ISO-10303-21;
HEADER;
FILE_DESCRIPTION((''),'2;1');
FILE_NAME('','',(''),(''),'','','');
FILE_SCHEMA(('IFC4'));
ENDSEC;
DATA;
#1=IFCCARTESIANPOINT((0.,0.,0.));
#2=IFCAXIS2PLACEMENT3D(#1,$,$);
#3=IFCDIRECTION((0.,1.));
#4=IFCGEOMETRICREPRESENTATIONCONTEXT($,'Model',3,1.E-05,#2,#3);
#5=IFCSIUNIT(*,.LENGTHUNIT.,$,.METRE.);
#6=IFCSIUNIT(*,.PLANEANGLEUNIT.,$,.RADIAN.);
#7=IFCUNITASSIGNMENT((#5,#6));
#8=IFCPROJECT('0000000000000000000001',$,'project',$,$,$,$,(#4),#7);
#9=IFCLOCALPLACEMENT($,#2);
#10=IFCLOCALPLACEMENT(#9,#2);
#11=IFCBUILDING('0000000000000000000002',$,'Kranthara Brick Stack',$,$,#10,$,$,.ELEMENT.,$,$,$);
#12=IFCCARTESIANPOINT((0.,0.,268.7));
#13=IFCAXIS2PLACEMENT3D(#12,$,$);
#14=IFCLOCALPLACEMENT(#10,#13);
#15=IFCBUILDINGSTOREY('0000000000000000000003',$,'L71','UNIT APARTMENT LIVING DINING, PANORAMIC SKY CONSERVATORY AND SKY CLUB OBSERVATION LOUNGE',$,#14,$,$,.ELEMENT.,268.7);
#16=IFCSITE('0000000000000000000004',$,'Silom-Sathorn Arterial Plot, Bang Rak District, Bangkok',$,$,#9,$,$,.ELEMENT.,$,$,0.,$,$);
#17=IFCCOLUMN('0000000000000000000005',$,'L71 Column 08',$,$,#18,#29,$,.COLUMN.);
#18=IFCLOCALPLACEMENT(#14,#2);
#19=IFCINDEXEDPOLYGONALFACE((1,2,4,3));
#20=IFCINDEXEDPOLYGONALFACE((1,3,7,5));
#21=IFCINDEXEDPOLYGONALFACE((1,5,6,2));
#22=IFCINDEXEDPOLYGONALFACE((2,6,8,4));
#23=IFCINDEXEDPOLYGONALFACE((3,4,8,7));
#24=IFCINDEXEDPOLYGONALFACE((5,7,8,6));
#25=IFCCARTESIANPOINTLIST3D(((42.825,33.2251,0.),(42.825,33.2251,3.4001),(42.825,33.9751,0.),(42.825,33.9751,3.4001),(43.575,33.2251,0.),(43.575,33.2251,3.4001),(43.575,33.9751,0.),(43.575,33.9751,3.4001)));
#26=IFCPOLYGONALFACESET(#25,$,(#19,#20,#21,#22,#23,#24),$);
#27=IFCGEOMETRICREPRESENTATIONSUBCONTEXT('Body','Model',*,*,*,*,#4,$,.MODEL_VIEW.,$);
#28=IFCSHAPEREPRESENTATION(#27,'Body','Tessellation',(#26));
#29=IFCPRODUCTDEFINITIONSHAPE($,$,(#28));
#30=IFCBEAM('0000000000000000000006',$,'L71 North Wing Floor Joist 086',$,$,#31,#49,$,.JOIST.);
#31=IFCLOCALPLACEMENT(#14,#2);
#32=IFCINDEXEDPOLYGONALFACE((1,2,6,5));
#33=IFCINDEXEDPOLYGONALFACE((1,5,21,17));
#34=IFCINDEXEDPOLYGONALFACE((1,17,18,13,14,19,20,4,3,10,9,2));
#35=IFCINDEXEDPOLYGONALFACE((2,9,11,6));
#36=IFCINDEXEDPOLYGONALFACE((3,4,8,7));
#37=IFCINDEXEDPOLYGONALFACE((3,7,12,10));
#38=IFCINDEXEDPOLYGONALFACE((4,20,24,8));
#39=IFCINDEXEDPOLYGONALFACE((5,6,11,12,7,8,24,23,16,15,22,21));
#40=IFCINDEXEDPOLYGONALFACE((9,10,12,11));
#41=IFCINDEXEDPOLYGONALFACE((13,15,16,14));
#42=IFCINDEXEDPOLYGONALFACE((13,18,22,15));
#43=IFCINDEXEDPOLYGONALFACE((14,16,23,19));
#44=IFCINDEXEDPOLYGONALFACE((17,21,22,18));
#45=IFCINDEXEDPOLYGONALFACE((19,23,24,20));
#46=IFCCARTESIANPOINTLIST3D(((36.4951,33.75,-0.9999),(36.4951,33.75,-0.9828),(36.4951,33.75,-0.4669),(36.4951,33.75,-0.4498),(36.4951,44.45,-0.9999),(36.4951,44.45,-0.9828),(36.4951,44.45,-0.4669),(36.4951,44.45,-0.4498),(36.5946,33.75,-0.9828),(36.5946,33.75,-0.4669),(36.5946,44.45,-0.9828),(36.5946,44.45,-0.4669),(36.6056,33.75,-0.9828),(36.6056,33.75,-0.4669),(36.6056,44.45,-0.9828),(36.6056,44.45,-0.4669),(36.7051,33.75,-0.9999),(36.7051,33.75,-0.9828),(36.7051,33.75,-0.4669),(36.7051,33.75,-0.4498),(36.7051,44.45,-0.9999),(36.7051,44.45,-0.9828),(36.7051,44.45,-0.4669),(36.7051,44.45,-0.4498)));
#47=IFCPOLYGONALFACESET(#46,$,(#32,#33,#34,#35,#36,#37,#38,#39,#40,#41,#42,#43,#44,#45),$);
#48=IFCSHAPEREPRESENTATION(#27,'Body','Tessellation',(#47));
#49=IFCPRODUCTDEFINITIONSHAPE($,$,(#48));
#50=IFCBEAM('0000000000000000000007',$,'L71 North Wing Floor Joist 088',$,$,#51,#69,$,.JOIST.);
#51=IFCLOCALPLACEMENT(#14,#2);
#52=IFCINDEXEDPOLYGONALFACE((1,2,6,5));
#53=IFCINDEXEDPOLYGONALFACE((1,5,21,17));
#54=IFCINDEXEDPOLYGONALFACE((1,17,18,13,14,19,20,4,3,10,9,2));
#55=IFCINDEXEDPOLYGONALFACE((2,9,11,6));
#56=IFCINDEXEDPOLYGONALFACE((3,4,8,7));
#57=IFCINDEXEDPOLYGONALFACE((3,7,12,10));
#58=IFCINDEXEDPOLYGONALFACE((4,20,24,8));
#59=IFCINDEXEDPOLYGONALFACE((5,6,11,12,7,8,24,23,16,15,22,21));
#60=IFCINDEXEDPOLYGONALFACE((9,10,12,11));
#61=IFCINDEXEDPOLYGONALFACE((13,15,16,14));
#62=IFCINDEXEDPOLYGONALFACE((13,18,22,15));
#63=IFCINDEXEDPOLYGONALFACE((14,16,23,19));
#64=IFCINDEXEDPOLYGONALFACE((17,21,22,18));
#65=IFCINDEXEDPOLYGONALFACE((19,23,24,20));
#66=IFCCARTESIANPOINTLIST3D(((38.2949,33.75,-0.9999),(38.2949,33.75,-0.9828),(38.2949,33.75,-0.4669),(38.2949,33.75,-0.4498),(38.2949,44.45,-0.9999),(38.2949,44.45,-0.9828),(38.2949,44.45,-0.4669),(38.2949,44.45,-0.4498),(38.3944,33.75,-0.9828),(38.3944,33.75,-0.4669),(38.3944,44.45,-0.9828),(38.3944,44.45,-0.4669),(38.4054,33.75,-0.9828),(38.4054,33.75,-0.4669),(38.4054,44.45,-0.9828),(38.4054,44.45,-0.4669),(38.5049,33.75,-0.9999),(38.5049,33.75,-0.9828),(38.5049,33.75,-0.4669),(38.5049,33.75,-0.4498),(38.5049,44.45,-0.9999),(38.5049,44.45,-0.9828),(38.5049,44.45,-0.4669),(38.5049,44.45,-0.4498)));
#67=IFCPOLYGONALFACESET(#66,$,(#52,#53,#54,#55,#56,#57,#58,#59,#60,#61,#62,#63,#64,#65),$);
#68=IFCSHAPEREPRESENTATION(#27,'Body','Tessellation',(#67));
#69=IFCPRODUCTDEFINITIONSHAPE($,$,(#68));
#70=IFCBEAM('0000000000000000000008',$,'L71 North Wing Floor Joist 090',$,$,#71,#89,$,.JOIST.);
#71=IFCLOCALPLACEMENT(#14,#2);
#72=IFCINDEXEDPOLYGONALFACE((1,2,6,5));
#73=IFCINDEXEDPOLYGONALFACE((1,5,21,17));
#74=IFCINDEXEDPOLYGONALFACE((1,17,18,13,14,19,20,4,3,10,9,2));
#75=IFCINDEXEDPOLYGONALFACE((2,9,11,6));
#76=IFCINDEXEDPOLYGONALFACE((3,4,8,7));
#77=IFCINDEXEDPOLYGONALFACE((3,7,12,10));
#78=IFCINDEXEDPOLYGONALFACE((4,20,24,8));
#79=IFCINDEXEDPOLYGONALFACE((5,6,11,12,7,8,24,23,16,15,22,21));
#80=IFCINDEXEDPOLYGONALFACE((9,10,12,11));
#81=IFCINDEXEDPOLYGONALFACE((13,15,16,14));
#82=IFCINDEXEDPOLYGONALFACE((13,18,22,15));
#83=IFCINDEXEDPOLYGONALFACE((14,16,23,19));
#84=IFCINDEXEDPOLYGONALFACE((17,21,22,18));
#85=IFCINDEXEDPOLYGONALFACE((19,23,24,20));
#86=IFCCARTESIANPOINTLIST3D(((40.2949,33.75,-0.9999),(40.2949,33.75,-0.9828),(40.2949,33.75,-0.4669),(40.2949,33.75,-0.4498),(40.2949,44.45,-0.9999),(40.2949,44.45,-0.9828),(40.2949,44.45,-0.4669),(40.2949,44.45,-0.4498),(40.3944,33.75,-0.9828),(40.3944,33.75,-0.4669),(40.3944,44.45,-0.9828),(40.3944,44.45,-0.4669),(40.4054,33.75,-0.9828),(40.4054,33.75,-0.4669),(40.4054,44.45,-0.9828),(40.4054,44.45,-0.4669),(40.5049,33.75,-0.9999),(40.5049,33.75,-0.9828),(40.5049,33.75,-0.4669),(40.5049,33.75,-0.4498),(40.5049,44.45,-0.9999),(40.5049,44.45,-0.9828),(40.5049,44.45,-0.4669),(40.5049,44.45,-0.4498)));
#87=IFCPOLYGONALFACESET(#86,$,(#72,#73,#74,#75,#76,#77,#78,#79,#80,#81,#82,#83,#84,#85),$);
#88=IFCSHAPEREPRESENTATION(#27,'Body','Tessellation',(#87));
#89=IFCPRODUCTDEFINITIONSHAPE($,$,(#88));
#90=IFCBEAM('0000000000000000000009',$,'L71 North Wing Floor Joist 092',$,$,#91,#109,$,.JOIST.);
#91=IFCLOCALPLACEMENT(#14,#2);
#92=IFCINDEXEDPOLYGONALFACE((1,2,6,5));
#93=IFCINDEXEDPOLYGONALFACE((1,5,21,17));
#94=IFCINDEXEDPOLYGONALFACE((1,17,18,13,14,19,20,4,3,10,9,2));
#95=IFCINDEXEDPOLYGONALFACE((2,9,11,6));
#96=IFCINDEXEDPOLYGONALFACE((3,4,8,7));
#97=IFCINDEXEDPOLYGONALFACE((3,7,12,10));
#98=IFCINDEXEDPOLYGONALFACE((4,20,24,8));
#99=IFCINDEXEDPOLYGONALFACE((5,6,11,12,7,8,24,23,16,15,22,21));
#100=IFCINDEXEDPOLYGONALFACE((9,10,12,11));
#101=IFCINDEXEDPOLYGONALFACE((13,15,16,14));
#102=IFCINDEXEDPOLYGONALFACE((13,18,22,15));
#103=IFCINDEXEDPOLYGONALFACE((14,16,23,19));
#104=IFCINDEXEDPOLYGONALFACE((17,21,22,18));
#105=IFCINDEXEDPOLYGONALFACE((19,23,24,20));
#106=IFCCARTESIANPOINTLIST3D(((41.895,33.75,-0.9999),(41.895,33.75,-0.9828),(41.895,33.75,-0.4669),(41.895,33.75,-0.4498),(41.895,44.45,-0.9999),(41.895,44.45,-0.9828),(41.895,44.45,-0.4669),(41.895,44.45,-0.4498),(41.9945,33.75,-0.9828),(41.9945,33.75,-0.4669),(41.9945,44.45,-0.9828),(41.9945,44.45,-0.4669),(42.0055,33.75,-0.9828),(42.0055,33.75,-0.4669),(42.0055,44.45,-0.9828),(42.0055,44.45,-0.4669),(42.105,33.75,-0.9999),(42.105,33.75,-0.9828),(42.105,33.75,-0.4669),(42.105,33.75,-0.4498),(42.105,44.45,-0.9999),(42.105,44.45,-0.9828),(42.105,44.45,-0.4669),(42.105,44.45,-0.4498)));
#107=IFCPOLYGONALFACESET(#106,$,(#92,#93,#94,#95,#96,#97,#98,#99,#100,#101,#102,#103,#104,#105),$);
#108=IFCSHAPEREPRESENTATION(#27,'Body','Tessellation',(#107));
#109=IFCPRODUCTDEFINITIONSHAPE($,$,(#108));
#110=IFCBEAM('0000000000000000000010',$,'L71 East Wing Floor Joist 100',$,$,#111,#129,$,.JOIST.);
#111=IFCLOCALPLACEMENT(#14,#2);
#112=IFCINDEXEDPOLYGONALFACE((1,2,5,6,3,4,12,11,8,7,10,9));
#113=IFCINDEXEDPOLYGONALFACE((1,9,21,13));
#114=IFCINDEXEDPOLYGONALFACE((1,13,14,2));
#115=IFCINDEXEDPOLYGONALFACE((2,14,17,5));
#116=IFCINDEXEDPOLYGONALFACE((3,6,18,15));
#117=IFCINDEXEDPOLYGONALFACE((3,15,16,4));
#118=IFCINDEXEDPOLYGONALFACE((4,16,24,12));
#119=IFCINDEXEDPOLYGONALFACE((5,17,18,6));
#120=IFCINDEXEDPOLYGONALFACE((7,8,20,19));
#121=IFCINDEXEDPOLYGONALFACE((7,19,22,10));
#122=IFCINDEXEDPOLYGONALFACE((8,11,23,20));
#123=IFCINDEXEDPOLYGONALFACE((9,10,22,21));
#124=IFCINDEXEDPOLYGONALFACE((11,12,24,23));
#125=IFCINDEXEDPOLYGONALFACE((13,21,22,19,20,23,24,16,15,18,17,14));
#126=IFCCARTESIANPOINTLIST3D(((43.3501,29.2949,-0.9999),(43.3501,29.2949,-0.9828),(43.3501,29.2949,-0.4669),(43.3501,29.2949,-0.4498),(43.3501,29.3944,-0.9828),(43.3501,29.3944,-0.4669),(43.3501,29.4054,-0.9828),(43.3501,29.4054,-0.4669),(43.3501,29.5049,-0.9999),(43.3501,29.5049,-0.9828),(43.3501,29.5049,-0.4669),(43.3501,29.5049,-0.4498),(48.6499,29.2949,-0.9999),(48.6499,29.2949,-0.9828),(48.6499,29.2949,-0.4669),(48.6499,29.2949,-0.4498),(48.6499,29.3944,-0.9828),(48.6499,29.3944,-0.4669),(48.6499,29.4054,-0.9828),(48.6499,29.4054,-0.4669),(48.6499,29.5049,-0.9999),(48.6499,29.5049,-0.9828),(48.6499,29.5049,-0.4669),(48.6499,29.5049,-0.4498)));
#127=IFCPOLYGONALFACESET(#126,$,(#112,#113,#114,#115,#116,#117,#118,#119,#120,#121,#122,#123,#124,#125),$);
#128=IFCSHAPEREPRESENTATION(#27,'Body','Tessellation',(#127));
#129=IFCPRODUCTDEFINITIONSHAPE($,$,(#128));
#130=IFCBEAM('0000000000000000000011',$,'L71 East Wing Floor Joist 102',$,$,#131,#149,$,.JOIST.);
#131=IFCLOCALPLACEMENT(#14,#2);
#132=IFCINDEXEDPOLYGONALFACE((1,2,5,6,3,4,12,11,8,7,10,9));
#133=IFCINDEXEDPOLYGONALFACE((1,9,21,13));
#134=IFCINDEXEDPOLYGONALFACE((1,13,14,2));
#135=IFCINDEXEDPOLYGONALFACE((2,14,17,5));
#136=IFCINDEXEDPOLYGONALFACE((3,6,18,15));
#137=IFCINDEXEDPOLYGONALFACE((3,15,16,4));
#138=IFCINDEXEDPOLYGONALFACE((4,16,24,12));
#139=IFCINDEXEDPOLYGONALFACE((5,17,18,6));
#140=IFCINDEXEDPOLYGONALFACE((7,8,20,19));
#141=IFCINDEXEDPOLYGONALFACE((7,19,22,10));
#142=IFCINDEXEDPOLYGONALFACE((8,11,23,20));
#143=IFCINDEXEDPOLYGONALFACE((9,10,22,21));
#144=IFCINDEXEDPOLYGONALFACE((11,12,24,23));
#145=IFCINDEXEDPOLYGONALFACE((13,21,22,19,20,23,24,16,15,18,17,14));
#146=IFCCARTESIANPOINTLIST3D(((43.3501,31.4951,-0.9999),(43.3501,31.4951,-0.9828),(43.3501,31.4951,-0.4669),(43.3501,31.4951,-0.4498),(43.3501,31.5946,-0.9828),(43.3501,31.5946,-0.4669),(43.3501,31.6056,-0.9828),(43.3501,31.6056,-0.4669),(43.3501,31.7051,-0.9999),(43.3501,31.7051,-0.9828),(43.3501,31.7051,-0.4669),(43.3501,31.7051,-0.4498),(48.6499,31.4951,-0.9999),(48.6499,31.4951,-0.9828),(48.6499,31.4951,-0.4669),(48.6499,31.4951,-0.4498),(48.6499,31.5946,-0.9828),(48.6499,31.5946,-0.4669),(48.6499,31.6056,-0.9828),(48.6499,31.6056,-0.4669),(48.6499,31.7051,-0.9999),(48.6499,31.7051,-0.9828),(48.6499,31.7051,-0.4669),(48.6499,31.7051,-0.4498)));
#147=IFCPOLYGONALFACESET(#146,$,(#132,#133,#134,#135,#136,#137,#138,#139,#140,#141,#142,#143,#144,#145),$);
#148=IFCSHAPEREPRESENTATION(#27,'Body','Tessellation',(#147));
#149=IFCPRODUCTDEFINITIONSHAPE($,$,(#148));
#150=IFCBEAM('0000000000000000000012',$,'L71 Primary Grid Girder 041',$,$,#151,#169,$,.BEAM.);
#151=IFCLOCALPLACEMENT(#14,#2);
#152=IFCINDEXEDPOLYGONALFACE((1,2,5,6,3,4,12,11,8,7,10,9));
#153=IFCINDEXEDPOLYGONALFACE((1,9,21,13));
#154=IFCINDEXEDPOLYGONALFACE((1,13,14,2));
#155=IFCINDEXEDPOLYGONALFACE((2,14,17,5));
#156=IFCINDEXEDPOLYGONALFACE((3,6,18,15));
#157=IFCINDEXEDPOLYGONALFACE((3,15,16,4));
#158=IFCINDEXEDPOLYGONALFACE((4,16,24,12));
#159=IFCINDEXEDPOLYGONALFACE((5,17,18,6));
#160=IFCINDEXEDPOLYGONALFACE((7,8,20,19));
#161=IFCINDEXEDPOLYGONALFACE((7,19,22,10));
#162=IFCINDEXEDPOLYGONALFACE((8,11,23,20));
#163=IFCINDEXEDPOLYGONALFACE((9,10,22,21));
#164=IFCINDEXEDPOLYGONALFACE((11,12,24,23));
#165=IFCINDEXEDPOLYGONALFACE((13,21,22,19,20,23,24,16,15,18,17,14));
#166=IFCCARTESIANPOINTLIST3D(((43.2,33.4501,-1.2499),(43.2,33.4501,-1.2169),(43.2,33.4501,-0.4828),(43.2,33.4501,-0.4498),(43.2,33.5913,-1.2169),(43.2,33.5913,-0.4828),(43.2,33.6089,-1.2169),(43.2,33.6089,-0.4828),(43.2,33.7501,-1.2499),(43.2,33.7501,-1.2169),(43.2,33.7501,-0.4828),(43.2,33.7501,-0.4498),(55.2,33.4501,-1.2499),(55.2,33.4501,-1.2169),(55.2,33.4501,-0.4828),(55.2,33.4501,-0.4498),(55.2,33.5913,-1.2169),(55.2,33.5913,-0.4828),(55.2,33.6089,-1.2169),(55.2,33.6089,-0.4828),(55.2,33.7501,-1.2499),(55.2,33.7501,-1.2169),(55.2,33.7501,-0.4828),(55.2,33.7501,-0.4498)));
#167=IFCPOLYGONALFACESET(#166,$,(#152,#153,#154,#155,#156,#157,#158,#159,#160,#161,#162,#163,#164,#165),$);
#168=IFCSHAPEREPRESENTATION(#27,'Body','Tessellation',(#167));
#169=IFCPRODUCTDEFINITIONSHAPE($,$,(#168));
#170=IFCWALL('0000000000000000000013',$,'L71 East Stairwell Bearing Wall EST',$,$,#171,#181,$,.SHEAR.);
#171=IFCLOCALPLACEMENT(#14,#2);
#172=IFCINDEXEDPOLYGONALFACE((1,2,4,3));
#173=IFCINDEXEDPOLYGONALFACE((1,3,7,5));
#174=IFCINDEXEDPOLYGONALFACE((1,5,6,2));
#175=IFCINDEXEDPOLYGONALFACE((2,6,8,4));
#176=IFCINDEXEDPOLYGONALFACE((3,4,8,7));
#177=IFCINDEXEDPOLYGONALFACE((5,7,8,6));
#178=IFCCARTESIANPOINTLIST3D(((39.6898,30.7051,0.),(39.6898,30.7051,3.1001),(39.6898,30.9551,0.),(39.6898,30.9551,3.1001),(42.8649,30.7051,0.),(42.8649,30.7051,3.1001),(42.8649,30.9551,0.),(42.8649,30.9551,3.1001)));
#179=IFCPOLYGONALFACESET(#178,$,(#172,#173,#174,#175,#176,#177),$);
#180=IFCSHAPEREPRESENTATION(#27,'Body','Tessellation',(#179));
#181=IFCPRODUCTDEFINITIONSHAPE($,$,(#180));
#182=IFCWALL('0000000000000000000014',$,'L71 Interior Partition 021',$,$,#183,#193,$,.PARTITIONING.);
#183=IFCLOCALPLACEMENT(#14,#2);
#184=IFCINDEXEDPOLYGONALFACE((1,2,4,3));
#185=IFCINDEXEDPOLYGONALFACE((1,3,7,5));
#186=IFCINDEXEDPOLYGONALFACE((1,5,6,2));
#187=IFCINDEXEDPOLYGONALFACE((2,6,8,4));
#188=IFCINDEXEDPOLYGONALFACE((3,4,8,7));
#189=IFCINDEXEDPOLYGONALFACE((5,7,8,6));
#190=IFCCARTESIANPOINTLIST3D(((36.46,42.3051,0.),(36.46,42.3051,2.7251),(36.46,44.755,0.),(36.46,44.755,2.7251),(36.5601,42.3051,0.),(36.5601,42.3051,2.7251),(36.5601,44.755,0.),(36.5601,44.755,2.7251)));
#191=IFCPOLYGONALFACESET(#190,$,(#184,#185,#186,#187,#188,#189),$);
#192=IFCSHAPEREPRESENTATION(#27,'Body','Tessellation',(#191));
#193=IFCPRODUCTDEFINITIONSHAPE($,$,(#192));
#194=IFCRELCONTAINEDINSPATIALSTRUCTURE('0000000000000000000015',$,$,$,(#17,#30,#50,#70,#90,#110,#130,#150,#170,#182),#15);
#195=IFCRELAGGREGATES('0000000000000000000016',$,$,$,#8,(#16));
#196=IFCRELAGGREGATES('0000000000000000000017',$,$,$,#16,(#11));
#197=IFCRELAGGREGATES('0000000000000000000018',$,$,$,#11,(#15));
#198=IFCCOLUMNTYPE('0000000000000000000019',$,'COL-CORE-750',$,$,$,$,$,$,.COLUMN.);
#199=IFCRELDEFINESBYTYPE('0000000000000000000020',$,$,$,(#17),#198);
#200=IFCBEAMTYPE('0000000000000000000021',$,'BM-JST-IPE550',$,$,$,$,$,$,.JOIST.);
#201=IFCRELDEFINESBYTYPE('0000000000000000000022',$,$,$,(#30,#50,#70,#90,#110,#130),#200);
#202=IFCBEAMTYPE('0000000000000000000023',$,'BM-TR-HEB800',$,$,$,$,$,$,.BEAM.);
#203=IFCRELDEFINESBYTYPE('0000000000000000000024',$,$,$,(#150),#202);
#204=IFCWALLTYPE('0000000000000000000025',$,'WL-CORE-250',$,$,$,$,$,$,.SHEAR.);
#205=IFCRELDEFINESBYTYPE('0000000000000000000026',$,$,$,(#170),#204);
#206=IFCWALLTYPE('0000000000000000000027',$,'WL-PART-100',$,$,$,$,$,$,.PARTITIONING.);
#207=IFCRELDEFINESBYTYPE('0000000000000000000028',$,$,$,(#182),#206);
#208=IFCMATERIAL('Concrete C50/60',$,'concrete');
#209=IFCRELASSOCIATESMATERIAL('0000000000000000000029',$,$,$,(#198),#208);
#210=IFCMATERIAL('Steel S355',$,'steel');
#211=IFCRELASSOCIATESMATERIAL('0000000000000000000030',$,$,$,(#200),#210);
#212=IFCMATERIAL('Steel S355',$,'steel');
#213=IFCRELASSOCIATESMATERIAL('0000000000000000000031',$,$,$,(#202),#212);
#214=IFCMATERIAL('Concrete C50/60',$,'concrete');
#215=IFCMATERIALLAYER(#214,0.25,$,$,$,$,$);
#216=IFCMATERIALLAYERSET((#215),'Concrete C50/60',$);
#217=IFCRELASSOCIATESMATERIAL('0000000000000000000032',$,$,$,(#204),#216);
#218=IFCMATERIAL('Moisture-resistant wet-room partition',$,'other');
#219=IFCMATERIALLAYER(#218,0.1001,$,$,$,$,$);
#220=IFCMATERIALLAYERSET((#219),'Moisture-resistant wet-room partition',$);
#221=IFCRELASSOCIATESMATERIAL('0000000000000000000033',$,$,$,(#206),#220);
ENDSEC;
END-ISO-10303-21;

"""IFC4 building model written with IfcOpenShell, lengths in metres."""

from ifc_helpers import new_model, si_unit, direction, frame, frame_2d, origin, origin_2d, place, context, subcontext, project, spatial, rectangle, i_section, extrude, material, layer, layer_set, material_profile, profile_set, type_object, element, save


model = new_model("IFC4")

# Units and contexts
model_context = context("Model", 3, precision=1e-05, world=origin(), true_north=direction((0.0, 1.0)))
body_context = subcontext(model_context, "Body", "Model", "MODEL_VIEW")
ifc_project = project(units=[si_unit("LENGTHUNIT", "METRE"), si_unit("PLANEANGLEUNIT", "RADIAN")], contexts=[model_context])

# Site, building, storey
site_placement = place(None, origin())
site = spatial("IfcSite", under=ifc_project, at=site_placement, Name="Silom-Sathorn Arterial Plot, Bang Rak District, Bangkok", CompositionType="ELEMENT", RefElevation=0.0)
building_placement = place(site_placement, origin())
building = spatial("IfcBuilding", under=site, at=building_placement, Name="Kranthara Brick Stack", CompositionType="ELEMENT")
storey_placement = place(building_placement, frame((0.0, 0.0, 268.7)))
storey = spatial("IfcBuildingStorey", under=building, at=storey_placement, Name="L71", Description="UNIT APARTMENT LIVING DINING, PANORAMIC SKY CONSERVATORY AND SKY CLUB OBSERVATION LOUNGE", CompositionType="ELEMENT", Elevation=268.7)

# Column
ifc_material_1 = material(Name="Concrete C50/60", Category="concrete")
ifc_material_profile_1 = material_profile(ifc_material_1, rectangle(XDim=0.75, YDim=0.75, at=origin_2d()), Name="RC 750x750")
ifc_profile_set_1 = profile_set([ifc_material_profile_1], Name="Concrete C50/60")
column_type = type_object("IfcColumnType", Name="COL-CORE-750", PredefinedType="COLUMN", material=ifc_profile_set_1)
column_placement = place(storey_placement, frame((43.2, 33.6001, 0.0), z_axis=(0.0, 0.0, 1.0), x_axis=(1.0, 0.0, 0.0)))
element("IfcColumn", 1, at=column_placement, inside=storey, type_object=column_type, Name="L71 Column 08", PredefinedType="COLUMN", context=body_context, shape_type="SweptSolid", body=[
    extrude(rectangle(XDim=0.75, YDim=0.75, at=origin_2d()), origin(), (0.0, 0.0, 1.0), 3.4001),
])

# Beams
ifc_material_2 = material(Name="Steel S355", Category="steel")
ifc_material_profile_2 = material_profile(ifc_material_2, i_section(OverallWidth=0.21, OverallDepth=0.55, WebThickness=0.011, FlangeThickness=0.0171, at=origin_2d()), Name="IPE 550")
ifc_profile_set_2 = profile_set([ifc_material_profile_2], Name="Steel S355")
beam_type_1 = type_object("IfcBeamType", Name="BM-JST-IPE550", PredefinedType="JOIST", material=ifc_profile_set_2)
for number, where, z_axis, x_axis, name in (
    (2, (36.6001, 33.75, -0.7249), (0.0, 1.0, 0.0), (-1.0, 0.0, 0.0), "L71 North Wing Floor Joist 086"),
    (3, (38.3999, 33.75, -0.7249), (0.0, 1.0, 0.0), (-1.0, 0.0, 0.0), "L71 North Wing Floor Joist 088"),
    (4, (40.3999, 33.75, -0.7249), (0.0, 1.0, 0.0), (-1.0, 0.0, 0.0), "L71 North Wing Floor Joist 090"),
    (5, (42.0, 33.75, -0.7249), (0.0, 1.0, 0.0), (-1.0, 0.0, 0.0), "L71 North Wing Floor Joist 092"),
):
    element("IfcBeam", number, at=place(storey_placement, frame(where, z_axis=z_axis, x_axis=x_axis)), inside=storey, type_object=beam_type_1, Name=name, PredefinedType="JOIST", context=body_context, shape_type="SweptSolid", body=[
        extrude(i_section(OverallWidth=0.21, OverallDepth=0.55, WebThickness=0.011, FlangeThickness=0.0171, at=origin_2d()), origin(), (0.0, 0.0, 1.0), 10.7),
    ])
for number, where, z_axis, x_axis, name in (
    (6, (43.3501, 29.3999, -0.7249), (1.0, 0.0, 0.0), (0.0, 1.0, 0.0), "L71 East Wing Floor Joist 100"),
    (7, (43.3501, 31.6001, -0.7249), (1.0, 0.0, 0.0), (0.0, 1.0, 0.0), "L71 East Wing Floor Joist 102"),
):
    element("IfcBeam", number, at=place(storey_placement, frame(where, z_axis=z_axis, x_axis=x_axis)), inside=storey, type_object=beam_type_1, Name=name, PredefinedType="JOIST", context=body_context, shape_type="SweptSolid", body=[
        extrude(i_section(OverallWidth=0.21, OverallDepth=0.55, WebThickness=0.011, FlangeThickness=0.0171, at=origin_2d()), origin(), (0.0, 0.0, 1.0), 5.2998),
    ])
ifc_material_3 = material(Name="Steel S355", Category="steel")
ifc_material_profile_3 = material_profile(ifc_material_3, i_section(OverallWidth=0.3, OverallDepth=0.8, WebThickness=0.0176, FlangeThickness=0.033, at=origin_2d()), Name="HEB 800")
ifc_profile_set_3 = profile_set([ifc_material_profile_3], Name="Steel S355")
beam_type_2 = type_object("IfcBeamType", Name="BM-TR-HEB800", PredefinedType="BEAM", material=ifc_profile_set_3)
beam_placement = place(storey_placement, frame((43.2, 33.6001, -0.8499), z_axis=(1.0, 0.0, 0.0), x_axis=(0.0, 1.0, 0.0)))
element("IfcBeam", 8, at=beam_placement, inside=storey, type_object=beam_type_2, Name="L71 Primary Grid Girder 041", PredefinedType="BEAM", context=body_context, shape_type="SweptSolid", body=[
    extrude(i_section(OverallWidth=0.3, OverallDepth=0.8, WebThickness=0.0176, FlangeThickness=0.033, at=origin_2d()), origin(), (0.0, 0.0, 1.0), 12.0),
])

# Walls
ifc_material_4 = material(Name="Concrete C50/60", Category="concrete")
ifc_layer_1 = layer(ifc_material_4, 0.25)
ifc_layer_set_1 = layer_set([ifc_layer_1], Name="Concrete C50/60")
wall_type_1 = type_object("IfcWallType", Name="WL-CORE-250", PredefinedType="SHEAR", material=ifc_layer_set_1)
wall_1_placement = place(storey_placement, frame((39.6899, 30.8301, 0.0), z_axis=(0.0, 0.0, 1.0), x_axis=(1.0, 0.0, 0.0)))
element("IfcWall", 9, at=wall_1_placement, inside=storey, type_object=wall_type_1, Name="L71 East Stairwell Bearing Wall EST", PredefinedType="SHEAR", context=body_context, shape_type="SweptSolid", body=[
    extrude(rectangle(XDim=3.175, YDim=0.25, at=frame_2d((1.5874, 0.0))), origin(), (0.0, 0.0, 1.0), 3.1001),
])
ifc_material_5 = material(Name="Moisture-resistant wet-room partition", Category="other")
ifc_layer_2 = layer(ifc_material_5, 0.1001)
ifc_layer_set_2 = layer_set([ifc_layer_2], Name="Moisture-resistant wet-room partition")
wall_type_2 = type_object("IfcWallType", Name="WL-PART-100", PredefinedType="PARTITIONING", material=ifc_layer_set_2)
wall_2_placement = place(storey_placement, frame((36.51, 42.3049, 0.0), z_axis=(0.0, 0.0, 1.0), x_axis=(0.0, 1.0, 0.0)))
element("IfcWall", 10, at=wall_2_placement, inside=storey, type_object=wall_type_2, Name="L71 Interior Partition 021", PredefinedType="PARTITIONING", context=body_context, shape_type="SweptSolid", body=[
    extrude(rectangle(XDim=2.45, YDim=0.1001, at=frame_2d((1.2251, 0.0))), origin(), (0.0, 0.0, 1.0), 2.7251),
])

save(model, "model.ifc")
